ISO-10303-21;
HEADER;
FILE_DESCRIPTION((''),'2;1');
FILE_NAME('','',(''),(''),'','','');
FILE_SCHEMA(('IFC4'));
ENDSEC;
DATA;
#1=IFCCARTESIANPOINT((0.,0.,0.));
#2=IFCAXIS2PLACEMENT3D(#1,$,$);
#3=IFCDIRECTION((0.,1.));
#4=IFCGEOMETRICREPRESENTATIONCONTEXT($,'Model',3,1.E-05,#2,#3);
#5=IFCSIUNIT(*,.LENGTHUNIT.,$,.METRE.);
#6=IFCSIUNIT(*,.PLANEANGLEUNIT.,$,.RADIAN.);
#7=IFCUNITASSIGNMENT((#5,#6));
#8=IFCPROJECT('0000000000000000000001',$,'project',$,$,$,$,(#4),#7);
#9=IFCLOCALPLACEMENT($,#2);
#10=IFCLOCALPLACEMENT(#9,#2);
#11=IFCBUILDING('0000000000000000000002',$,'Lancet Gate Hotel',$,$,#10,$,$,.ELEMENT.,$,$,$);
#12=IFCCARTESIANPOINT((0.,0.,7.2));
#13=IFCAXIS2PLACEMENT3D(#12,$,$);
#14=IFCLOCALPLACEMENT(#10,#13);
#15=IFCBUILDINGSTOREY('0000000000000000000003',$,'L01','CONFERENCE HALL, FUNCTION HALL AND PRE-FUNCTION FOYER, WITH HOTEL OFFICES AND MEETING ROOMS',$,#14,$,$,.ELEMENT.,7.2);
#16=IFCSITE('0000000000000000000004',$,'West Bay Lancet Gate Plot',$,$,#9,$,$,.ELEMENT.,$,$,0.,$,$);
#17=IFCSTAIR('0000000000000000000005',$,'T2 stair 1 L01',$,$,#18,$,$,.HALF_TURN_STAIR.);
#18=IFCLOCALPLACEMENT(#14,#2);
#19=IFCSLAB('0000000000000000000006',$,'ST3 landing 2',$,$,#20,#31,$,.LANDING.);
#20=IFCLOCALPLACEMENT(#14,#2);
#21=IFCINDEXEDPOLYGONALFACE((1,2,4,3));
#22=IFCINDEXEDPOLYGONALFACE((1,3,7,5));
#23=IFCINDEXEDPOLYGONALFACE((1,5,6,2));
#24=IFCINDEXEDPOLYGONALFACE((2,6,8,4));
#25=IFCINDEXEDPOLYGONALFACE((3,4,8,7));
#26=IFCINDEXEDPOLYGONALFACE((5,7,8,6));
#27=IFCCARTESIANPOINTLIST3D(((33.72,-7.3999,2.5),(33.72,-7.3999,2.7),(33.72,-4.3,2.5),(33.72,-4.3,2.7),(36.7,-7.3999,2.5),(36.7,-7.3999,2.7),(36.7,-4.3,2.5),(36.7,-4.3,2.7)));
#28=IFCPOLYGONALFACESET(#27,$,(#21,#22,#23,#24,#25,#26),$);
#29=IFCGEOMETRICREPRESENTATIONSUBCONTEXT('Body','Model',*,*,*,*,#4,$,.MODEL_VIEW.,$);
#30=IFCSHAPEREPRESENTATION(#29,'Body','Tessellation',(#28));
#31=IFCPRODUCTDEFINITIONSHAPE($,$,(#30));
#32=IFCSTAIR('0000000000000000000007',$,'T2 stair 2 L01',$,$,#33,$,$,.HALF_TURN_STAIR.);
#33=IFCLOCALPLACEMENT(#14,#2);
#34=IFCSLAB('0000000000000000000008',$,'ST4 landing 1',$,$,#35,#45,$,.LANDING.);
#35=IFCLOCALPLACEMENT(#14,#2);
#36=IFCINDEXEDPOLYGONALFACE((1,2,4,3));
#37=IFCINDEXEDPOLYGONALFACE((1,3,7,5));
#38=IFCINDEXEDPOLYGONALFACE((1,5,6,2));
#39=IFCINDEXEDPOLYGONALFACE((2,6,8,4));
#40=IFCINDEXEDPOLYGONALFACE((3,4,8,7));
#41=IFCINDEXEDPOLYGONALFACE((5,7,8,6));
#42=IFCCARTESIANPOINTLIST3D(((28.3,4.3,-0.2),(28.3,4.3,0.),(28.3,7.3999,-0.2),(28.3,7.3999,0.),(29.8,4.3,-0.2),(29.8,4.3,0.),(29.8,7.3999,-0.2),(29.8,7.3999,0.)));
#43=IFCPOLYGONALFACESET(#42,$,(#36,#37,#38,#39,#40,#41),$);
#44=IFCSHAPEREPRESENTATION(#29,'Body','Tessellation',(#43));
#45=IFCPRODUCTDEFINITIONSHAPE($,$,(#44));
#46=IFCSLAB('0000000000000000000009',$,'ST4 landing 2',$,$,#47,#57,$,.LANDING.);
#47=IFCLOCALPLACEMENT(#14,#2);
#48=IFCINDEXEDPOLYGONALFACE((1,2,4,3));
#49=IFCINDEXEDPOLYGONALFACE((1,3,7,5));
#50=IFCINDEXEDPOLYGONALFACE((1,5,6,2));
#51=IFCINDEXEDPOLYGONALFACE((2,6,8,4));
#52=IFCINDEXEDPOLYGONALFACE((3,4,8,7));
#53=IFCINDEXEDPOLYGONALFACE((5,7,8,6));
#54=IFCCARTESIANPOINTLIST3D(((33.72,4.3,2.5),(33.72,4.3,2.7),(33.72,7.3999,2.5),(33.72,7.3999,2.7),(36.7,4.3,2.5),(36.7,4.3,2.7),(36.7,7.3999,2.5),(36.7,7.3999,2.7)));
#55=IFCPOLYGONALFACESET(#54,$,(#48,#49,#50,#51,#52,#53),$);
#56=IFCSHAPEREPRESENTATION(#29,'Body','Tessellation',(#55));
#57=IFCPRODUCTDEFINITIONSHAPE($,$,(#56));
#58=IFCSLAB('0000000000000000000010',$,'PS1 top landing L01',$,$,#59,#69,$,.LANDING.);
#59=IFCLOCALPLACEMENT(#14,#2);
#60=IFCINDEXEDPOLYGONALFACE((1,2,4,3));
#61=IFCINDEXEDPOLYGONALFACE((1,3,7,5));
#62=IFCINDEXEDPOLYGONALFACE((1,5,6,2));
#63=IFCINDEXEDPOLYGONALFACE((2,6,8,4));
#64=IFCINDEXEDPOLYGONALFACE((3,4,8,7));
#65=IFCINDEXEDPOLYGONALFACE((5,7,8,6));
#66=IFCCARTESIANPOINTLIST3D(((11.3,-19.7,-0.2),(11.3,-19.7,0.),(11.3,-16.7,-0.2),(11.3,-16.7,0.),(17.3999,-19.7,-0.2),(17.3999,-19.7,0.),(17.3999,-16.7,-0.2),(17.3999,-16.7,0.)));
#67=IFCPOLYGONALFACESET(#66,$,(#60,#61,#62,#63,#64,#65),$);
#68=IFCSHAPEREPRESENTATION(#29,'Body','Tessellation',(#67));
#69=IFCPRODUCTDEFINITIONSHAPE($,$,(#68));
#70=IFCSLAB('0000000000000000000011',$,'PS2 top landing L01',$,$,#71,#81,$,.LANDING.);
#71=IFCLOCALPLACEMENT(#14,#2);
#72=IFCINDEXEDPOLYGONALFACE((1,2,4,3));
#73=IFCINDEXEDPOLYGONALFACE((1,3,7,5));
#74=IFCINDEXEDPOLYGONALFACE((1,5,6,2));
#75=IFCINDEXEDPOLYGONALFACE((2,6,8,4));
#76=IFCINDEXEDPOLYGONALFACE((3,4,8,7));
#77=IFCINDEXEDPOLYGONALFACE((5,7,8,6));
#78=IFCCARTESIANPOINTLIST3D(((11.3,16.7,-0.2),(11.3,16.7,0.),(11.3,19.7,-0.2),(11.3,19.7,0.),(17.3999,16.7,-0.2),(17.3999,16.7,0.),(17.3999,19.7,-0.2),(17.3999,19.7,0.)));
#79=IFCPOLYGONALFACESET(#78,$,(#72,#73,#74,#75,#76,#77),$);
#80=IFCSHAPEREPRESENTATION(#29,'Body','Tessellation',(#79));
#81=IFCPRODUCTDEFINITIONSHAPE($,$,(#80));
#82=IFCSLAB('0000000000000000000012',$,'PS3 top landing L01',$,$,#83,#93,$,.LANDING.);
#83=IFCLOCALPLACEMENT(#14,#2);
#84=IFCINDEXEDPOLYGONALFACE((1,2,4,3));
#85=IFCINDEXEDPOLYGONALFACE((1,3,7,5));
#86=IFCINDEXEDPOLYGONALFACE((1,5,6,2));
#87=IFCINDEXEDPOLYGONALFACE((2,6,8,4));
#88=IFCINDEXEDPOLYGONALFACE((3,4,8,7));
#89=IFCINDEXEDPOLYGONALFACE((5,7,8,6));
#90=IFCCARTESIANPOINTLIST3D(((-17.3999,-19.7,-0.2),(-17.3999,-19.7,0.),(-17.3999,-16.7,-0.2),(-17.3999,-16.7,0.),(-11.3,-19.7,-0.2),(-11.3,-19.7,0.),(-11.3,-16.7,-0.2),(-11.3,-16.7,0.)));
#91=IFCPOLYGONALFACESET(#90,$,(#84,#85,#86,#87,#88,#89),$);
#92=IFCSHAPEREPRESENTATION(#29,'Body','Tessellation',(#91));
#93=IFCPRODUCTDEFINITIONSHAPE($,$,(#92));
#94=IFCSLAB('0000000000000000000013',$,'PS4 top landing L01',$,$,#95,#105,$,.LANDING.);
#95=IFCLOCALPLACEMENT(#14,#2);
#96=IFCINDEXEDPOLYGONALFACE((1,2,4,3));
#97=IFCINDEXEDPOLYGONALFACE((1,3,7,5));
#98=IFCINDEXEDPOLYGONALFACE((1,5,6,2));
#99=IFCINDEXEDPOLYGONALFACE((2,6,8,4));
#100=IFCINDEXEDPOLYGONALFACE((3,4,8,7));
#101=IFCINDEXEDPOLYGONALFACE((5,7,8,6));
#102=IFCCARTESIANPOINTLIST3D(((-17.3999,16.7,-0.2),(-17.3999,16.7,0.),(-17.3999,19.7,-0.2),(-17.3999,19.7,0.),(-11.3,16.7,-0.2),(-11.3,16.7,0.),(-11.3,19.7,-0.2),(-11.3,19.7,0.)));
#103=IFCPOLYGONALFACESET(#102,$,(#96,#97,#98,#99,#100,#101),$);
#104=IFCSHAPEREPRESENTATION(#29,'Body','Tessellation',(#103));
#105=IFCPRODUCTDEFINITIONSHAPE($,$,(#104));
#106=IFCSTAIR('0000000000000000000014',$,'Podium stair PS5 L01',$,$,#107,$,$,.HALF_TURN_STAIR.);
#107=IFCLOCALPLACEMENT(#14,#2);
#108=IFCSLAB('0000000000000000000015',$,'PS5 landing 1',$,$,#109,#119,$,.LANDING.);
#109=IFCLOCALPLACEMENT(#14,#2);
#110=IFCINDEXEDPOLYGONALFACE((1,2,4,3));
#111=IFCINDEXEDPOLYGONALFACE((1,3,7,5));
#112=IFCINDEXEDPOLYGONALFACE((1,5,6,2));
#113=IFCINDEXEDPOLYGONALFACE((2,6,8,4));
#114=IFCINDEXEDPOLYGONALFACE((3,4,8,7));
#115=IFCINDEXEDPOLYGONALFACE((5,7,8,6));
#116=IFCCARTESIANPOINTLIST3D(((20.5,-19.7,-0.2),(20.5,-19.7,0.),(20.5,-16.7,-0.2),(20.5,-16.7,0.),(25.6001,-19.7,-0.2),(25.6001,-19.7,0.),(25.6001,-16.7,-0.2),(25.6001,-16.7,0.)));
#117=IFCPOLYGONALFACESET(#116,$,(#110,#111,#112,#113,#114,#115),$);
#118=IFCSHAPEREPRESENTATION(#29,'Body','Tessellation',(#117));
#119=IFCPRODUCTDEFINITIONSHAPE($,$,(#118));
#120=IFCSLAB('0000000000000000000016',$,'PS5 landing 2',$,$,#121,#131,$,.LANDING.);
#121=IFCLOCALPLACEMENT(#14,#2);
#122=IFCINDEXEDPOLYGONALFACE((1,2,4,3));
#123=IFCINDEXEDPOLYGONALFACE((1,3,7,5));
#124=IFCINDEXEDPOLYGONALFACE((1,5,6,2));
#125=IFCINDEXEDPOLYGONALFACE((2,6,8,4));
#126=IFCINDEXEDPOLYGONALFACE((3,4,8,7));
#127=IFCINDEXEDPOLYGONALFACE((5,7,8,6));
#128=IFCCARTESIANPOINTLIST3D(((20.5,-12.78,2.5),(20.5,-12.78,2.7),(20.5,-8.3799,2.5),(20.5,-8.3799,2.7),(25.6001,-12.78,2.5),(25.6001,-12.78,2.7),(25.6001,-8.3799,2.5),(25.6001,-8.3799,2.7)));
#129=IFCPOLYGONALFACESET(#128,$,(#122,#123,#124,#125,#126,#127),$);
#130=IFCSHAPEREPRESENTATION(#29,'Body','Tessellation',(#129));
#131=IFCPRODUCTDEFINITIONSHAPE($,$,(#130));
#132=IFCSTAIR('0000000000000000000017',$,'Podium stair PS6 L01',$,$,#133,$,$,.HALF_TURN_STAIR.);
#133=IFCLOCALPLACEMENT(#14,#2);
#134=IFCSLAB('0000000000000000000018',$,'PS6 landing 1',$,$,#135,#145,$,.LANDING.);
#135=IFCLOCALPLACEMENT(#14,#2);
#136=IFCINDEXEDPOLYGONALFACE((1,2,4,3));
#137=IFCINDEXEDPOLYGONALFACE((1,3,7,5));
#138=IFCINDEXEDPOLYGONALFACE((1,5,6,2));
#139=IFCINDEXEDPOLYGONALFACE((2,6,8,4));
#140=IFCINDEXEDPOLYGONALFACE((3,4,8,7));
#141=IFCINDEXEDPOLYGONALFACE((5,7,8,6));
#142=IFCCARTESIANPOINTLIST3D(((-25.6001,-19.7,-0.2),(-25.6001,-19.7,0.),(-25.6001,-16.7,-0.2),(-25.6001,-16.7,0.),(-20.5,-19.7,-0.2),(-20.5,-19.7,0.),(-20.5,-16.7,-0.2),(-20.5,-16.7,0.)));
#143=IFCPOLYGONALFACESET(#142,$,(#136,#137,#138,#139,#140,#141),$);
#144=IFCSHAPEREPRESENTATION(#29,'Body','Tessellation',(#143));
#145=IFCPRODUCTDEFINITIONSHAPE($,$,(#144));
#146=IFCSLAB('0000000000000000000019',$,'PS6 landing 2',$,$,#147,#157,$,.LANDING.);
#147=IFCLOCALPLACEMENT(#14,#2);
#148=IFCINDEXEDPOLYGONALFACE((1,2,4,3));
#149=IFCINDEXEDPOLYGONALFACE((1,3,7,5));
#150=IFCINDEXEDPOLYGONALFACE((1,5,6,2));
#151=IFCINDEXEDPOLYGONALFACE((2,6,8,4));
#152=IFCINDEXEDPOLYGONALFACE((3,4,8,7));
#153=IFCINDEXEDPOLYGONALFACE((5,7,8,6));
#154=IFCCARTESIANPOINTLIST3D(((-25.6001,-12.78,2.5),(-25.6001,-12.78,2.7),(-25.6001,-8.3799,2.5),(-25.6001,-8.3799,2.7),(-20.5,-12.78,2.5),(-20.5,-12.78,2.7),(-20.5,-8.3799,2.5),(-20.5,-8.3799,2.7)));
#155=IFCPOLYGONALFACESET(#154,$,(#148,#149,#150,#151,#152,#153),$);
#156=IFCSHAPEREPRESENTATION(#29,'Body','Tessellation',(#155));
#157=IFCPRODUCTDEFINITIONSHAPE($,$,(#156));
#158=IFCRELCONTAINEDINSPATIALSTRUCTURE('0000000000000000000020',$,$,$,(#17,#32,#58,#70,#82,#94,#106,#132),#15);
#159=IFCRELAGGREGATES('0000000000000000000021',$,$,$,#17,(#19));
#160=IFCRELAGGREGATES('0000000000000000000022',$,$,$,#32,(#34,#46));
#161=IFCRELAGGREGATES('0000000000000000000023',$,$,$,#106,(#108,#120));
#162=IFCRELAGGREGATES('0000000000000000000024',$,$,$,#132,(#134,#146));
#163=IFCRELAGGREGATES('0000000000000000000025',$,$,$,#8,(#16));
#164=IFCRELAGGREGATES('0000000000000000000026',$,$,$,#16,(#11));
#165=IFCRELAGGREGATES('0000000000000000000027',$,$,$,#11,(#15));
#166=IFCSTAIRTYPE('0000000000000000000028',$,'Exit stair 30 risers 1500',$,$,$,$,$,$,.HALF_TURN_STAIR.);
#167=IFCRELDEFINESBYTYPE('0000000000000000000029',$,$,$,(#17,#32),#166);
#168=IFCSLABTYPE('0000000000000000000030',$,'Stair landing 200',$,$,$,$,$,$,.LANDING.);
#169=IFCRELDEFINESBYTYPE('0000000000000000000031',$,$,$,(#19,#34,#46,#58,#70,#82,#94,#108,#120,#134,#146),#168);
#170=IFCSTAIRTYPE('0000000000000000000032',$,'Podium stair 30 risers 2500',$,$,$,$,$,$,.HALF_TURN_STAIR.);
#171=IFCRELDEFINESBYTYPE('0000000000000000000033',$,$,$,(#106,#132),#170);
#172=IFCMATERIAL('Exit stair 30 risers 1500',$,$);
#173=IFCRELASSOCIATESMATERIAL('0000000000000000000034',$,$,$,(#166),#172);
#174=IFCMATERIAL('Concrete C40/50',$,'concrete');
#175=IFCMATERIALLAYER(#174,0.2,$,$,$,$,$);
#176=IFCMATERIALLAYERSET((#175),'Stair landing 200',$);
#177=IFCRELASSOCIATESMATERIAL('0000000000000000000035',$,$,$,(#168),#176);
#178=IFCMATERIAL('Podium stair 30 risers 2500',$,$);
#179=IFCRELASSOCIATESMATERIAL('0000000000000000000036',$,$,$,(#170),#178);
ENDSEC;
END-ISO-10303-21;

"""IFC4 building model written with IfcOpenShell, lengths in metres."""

from ifc_helpers import new_model, si_unit, direction, frame, origin, place, context, subcontext, project, spatial, polyline, outline, extrude, material, layer, layer_set, type_object, element, aggregate, save


model = new_model("IFC4")

# Units and contexts
model_context = context("Model", 3, precision=1e-05, world=origin(), true_north=direction((0.0, 1.0)))
body_context = subcontext(model_context, "Body", "Model", "MODEL_VIEW")
ifc_project = project(units=[si_unit("LENGTHUNIT", "METRE"), si_unit("PLANEANGLEUNIT", "RADIAN")], contexts=[model_context])

# Site, building, storey
site_placement = place(None, origin())
site = spatial("IfcSite", under=ifc_project, at=site_placement, Name="West Bay Lancet Gate Plot", CompositionType="ELEMENT", RefElevation=0.0)
building_placement = place(site_placement, origin())
building = spatial("IfcBuilding", under=site, at=building_placement, Name="Lancet Gate Hotel", CompositionType="ELEMENT")
storey_placement = place(building_placement, frame((0.0, 0.0, 7.2)))
storey = spatial("IfcBuildingStorey", under=building, at=storey_placement, Name="L01", Description="CONFERENCE HALL, FUNCTION HALL AND PRE-FUNCTION FOYER, WITH HOTEL OFFICES AND MEETING ROOMS", CompositionType="ELEMENT", Elevation=7.2)

# Shared definitions
ifc_material_1 = material(Name="Exit stair 30 risers 1500")
stair_type_1 = type_object("IfcStairType", Name="Exit stair 30 risers 1500", PredefinedType="HALF_TURN_STAIR", material=ifc_material_1)
ifc_material_2 = material(Name="Concrete C40/50", Category="concrete")
ifc_layer = layer(ifc_material_2, 0.2)
ifc_layer_set = layer_set([ifc_layer], Name="Stair landing 200")
slab_type = type_object("IfcSlabType", Name="Stair landing 200", PredefinedType="LANDING", material=ifc_layer_set)

# Stairs, slabs
stair_1_placement = place(storey_placement, origin())
stair_1 = element("IfcStair", 1, at=stair_1_placement, inside=storey, type_object=stair_type_1, Name="T2 stair 1 L01", PredefinedType="HALF_TURN_STAIR")
slab_1_placement = place(storey_placement, frame((0.0, 0.0, 2.5)))
slab_1 = element("IfcSlab", 2, at=slab_1_placement, type_object=slab_type, Name="ST3 landing 2", PredefinedType="LANDING", context=body_context, shape_type="SweptSolid", body=[
    extrude(outline(polyline([(33.72, -7.3999), (36.7, -7.3999), (36.7, -4.3), (33.72, -4.3), (33.72, -7.3999)])), origin(), (0.0, 0.0, 1.0), 0.2),
])
aggregate(stair_1, [slab_1])
stair_2_placement = place(storey_placement, origin())
stair_2 = element("IfcStair", 3, at=stair_2_placement, inside=storey, type_object=stair_type_1, Name="T2 stair 2 L01", PredefinedType="HALF_TURN_STAIR")
slab_2_placement = place(storey_placement, frame((0.0, 0.0, -0.2)))
slab_2 = element("IfcSlab", 4, at=slab_2_placement, type_object=slab_type, Name="ST4 landing 1", PredefinedType="LANDING", context=body_context, shape_type="SweptSolid", body=[
    extrude(outline(polyline([(28.3, 4.3), (29.8, 4.3), (29.8, 7.3999), (28.3, 7.3999), (28.3, 4.3)])), origin(), (0.0, 0.0, 1.0), 0.2),
])
slab_3_placement = place(storey_placement, frame((0.0, 0.0, 2.5)))
slab_3 = element("IfcSlab", 5, at=slab_3_placement, type_object=slab_type, Name="ST4 landing 2", PredefinedType="LANDING", context=body_context, shape_type="SweptSolid", body=[
    extrude(outline(polyline([(33.72, 4.3), (36.7, 4.3), (36.7, 7.3999), (33.72, 7.3999), (33.72, 4.3)])), origin(), (0.0, 0.0, 1.0), 0.2),
])
aggregate(stair_2, [slab_2, slab_3])

# Slabs
slab_4_placement = place(storey_placement, frame((0.0, 0.0, -0.2)))
element("IfcSlab", 6, at=slab_4_placement, inside=storey, type_object=slab_type, Name="PS1 top landing L01", PredefinedType="LANDING", context=body_context, shape_type="SweptSolid", body=[
    extrude(outline(polyline([(11.3, -19.7), (17.3999, -19.7), (17.3999, -16.7), (11.3, -16.7), (11.3, -19.7)])), origin(), (0.0, 0.0, 1.0), 0.2),
])
slab_5_placement = place(storey_placement, frame((0.0, 0.0, -0.2)))
element("IfcSlab", 7, at=slab_5_placement, inside=storey, type_object=slab_type, Name="PS2 top landing L01", PredefinedType="LANDING", context=body_context, shape_type="SweptSolid", body=[
    extrude(outline(polyline([(11.3, 16.7), (17.3999, 16.7), (17.3999, 19.7), (11.3, 19.7), (11.3, 16.7)])), origin(), (0.0, 0.0, 1.0), 0.2),
])
slab_6_placement = place(storey_placement, frame((0.0, 0.0, -0.2)))
element("IfcSlab", 8, at=slab_6_placement, inside=storey, type_object=slab_type, Name="PS3 top landing L01", PredefinedType="LANDING", context=body_context, shape_type="SweptSolid", body=[
    extrude(outline(polyline([(-17.3999, -19.7), (-11.3, -19.7), (-11.3, -16.7), (-17.3999, -16.7), (-17.3999, -19.7)])), origin(), (0.0, 0.0, 1.0), 0.2),
])
slab_7_placement = place(storey_placement, frame((0.0, 0.0, -0.2)))
element("IfcSlab", 9, at=slab_7_placement, inside=storey, type_object=slab_type, Name="PS4 top landing L01", PredefinedType="LANDING", context=body_context, shape_type="SweptSolid", body=[
    extrude(outline(polyline([(-17.3999, 16.7), (-11.3, 16.7), (-11.3, 19.7), (-17.3999, 19.7), (-17.3999, 16.7)])), origin(), (0.0, 0.0, 1.0), 0.2),
])

# Stairs, slabs
ifc_material_3 = material(Name="Podium stair 30 risers 2500")
stair_type_2 = type_object("IfcStairType", Name="Podium stair 30 risers 2500", PredefinedType="HALF_TURN_STAIR", material=ifc_material_3)
stair_3_placement = place(storey_placement, origin())
stair_3 = element("IfcStair", 10, at=stair_3_placement, inside=storey, type_object=stair_type_2, Name="Podium stair PS5 L01", PredefinedType="HALF_TURN_STAIR")
slab_8_placement = place(storey_placement, frame((0.0, 0.0, -0.2)))
slab_8 = element("IfcSlab", 11, at=slab_8_placement, type_object=slab_type, Name="PS5 landing 1", PredefinedType="LANDING", context=body_context, shape_type="SweptSolid", body=[
    extrude(outline(polyline([(20.5, -19.7), (25.6001, -19.7), (25.6001, -16.7), (20.5, -16.7), (20.5, -19.7)])), origin(), (0.0, 0.0, 1.0), 0.2),
])
slab_9_placement = place(storey_placement, frame((0.0, 0.0, 2.5)))
slab_9 = element("IfcSlab", 12, at=slab_9_placement, type_object=slab_type, Name="PS5 landing 2", PredefinedType="LANDING", context=body_context, shape_type="SweptSolid", body=[
    extrude(outline(polyline([(20.5, -12.78), (25.6001, -12.78), (25.6001, -8.3799), (20.5, -8.3799), (20.5, -12.78)])), origin(), (0.0, 0.0, 1.0), 0.2),
])
aggregate(stair_3, [slab_8, slab_9])
stair_4_placement = place(storey_placement, origin())
stair_4 = element("IfcStair", 13, at=stair_4_placement, inside=storey, type_object=stair_type_2, Name="Podium stair PS6 L01", PredefinedType="HALF_TURN_STAIR")
slab_10_placement = place(storey_placement, frame((0.0, 0.0, -0.2)))
slab_10 = element("IfcSlab", 14, at=slab_10_placement, type_object=slab_type, Name="PS6 landing 1", PredefinedType="LANDING", context=body_context, shape_type="SweptSolid", body=[
    extrude(outline(polyline([(-25.6001, -19.7), (-20.5, -19.7), (-20.5, -16.7), (-25.6001, -16.7), (-25.6001, -19.7)])), origin(), (0.0, 0.0, 1.0), 0.2),
])
slab_11_placement = place(storey_placement, frame((0.0, 0.0, 2.5)))
slab_11 = element("IfcSlab", 15, at=slab_11_placement, type_object=slab_type, Name="PS6 landing 2", PredefinedType="LANDING", context=body_context, shape_type="SweptSolid", body=[
    extrude(outline(polyline([(-25.6001, -12.78), (-20.5, -12.78), (-20.5, -8.3799), (-25.6001, -8.3799), (-25.6001, -12.78)])), origin(), (0.0, 0.0, 1.0), 0.2),
])
aggregate(stair_4, [slab_10, slab_11])

save(model, "model.ifc")
